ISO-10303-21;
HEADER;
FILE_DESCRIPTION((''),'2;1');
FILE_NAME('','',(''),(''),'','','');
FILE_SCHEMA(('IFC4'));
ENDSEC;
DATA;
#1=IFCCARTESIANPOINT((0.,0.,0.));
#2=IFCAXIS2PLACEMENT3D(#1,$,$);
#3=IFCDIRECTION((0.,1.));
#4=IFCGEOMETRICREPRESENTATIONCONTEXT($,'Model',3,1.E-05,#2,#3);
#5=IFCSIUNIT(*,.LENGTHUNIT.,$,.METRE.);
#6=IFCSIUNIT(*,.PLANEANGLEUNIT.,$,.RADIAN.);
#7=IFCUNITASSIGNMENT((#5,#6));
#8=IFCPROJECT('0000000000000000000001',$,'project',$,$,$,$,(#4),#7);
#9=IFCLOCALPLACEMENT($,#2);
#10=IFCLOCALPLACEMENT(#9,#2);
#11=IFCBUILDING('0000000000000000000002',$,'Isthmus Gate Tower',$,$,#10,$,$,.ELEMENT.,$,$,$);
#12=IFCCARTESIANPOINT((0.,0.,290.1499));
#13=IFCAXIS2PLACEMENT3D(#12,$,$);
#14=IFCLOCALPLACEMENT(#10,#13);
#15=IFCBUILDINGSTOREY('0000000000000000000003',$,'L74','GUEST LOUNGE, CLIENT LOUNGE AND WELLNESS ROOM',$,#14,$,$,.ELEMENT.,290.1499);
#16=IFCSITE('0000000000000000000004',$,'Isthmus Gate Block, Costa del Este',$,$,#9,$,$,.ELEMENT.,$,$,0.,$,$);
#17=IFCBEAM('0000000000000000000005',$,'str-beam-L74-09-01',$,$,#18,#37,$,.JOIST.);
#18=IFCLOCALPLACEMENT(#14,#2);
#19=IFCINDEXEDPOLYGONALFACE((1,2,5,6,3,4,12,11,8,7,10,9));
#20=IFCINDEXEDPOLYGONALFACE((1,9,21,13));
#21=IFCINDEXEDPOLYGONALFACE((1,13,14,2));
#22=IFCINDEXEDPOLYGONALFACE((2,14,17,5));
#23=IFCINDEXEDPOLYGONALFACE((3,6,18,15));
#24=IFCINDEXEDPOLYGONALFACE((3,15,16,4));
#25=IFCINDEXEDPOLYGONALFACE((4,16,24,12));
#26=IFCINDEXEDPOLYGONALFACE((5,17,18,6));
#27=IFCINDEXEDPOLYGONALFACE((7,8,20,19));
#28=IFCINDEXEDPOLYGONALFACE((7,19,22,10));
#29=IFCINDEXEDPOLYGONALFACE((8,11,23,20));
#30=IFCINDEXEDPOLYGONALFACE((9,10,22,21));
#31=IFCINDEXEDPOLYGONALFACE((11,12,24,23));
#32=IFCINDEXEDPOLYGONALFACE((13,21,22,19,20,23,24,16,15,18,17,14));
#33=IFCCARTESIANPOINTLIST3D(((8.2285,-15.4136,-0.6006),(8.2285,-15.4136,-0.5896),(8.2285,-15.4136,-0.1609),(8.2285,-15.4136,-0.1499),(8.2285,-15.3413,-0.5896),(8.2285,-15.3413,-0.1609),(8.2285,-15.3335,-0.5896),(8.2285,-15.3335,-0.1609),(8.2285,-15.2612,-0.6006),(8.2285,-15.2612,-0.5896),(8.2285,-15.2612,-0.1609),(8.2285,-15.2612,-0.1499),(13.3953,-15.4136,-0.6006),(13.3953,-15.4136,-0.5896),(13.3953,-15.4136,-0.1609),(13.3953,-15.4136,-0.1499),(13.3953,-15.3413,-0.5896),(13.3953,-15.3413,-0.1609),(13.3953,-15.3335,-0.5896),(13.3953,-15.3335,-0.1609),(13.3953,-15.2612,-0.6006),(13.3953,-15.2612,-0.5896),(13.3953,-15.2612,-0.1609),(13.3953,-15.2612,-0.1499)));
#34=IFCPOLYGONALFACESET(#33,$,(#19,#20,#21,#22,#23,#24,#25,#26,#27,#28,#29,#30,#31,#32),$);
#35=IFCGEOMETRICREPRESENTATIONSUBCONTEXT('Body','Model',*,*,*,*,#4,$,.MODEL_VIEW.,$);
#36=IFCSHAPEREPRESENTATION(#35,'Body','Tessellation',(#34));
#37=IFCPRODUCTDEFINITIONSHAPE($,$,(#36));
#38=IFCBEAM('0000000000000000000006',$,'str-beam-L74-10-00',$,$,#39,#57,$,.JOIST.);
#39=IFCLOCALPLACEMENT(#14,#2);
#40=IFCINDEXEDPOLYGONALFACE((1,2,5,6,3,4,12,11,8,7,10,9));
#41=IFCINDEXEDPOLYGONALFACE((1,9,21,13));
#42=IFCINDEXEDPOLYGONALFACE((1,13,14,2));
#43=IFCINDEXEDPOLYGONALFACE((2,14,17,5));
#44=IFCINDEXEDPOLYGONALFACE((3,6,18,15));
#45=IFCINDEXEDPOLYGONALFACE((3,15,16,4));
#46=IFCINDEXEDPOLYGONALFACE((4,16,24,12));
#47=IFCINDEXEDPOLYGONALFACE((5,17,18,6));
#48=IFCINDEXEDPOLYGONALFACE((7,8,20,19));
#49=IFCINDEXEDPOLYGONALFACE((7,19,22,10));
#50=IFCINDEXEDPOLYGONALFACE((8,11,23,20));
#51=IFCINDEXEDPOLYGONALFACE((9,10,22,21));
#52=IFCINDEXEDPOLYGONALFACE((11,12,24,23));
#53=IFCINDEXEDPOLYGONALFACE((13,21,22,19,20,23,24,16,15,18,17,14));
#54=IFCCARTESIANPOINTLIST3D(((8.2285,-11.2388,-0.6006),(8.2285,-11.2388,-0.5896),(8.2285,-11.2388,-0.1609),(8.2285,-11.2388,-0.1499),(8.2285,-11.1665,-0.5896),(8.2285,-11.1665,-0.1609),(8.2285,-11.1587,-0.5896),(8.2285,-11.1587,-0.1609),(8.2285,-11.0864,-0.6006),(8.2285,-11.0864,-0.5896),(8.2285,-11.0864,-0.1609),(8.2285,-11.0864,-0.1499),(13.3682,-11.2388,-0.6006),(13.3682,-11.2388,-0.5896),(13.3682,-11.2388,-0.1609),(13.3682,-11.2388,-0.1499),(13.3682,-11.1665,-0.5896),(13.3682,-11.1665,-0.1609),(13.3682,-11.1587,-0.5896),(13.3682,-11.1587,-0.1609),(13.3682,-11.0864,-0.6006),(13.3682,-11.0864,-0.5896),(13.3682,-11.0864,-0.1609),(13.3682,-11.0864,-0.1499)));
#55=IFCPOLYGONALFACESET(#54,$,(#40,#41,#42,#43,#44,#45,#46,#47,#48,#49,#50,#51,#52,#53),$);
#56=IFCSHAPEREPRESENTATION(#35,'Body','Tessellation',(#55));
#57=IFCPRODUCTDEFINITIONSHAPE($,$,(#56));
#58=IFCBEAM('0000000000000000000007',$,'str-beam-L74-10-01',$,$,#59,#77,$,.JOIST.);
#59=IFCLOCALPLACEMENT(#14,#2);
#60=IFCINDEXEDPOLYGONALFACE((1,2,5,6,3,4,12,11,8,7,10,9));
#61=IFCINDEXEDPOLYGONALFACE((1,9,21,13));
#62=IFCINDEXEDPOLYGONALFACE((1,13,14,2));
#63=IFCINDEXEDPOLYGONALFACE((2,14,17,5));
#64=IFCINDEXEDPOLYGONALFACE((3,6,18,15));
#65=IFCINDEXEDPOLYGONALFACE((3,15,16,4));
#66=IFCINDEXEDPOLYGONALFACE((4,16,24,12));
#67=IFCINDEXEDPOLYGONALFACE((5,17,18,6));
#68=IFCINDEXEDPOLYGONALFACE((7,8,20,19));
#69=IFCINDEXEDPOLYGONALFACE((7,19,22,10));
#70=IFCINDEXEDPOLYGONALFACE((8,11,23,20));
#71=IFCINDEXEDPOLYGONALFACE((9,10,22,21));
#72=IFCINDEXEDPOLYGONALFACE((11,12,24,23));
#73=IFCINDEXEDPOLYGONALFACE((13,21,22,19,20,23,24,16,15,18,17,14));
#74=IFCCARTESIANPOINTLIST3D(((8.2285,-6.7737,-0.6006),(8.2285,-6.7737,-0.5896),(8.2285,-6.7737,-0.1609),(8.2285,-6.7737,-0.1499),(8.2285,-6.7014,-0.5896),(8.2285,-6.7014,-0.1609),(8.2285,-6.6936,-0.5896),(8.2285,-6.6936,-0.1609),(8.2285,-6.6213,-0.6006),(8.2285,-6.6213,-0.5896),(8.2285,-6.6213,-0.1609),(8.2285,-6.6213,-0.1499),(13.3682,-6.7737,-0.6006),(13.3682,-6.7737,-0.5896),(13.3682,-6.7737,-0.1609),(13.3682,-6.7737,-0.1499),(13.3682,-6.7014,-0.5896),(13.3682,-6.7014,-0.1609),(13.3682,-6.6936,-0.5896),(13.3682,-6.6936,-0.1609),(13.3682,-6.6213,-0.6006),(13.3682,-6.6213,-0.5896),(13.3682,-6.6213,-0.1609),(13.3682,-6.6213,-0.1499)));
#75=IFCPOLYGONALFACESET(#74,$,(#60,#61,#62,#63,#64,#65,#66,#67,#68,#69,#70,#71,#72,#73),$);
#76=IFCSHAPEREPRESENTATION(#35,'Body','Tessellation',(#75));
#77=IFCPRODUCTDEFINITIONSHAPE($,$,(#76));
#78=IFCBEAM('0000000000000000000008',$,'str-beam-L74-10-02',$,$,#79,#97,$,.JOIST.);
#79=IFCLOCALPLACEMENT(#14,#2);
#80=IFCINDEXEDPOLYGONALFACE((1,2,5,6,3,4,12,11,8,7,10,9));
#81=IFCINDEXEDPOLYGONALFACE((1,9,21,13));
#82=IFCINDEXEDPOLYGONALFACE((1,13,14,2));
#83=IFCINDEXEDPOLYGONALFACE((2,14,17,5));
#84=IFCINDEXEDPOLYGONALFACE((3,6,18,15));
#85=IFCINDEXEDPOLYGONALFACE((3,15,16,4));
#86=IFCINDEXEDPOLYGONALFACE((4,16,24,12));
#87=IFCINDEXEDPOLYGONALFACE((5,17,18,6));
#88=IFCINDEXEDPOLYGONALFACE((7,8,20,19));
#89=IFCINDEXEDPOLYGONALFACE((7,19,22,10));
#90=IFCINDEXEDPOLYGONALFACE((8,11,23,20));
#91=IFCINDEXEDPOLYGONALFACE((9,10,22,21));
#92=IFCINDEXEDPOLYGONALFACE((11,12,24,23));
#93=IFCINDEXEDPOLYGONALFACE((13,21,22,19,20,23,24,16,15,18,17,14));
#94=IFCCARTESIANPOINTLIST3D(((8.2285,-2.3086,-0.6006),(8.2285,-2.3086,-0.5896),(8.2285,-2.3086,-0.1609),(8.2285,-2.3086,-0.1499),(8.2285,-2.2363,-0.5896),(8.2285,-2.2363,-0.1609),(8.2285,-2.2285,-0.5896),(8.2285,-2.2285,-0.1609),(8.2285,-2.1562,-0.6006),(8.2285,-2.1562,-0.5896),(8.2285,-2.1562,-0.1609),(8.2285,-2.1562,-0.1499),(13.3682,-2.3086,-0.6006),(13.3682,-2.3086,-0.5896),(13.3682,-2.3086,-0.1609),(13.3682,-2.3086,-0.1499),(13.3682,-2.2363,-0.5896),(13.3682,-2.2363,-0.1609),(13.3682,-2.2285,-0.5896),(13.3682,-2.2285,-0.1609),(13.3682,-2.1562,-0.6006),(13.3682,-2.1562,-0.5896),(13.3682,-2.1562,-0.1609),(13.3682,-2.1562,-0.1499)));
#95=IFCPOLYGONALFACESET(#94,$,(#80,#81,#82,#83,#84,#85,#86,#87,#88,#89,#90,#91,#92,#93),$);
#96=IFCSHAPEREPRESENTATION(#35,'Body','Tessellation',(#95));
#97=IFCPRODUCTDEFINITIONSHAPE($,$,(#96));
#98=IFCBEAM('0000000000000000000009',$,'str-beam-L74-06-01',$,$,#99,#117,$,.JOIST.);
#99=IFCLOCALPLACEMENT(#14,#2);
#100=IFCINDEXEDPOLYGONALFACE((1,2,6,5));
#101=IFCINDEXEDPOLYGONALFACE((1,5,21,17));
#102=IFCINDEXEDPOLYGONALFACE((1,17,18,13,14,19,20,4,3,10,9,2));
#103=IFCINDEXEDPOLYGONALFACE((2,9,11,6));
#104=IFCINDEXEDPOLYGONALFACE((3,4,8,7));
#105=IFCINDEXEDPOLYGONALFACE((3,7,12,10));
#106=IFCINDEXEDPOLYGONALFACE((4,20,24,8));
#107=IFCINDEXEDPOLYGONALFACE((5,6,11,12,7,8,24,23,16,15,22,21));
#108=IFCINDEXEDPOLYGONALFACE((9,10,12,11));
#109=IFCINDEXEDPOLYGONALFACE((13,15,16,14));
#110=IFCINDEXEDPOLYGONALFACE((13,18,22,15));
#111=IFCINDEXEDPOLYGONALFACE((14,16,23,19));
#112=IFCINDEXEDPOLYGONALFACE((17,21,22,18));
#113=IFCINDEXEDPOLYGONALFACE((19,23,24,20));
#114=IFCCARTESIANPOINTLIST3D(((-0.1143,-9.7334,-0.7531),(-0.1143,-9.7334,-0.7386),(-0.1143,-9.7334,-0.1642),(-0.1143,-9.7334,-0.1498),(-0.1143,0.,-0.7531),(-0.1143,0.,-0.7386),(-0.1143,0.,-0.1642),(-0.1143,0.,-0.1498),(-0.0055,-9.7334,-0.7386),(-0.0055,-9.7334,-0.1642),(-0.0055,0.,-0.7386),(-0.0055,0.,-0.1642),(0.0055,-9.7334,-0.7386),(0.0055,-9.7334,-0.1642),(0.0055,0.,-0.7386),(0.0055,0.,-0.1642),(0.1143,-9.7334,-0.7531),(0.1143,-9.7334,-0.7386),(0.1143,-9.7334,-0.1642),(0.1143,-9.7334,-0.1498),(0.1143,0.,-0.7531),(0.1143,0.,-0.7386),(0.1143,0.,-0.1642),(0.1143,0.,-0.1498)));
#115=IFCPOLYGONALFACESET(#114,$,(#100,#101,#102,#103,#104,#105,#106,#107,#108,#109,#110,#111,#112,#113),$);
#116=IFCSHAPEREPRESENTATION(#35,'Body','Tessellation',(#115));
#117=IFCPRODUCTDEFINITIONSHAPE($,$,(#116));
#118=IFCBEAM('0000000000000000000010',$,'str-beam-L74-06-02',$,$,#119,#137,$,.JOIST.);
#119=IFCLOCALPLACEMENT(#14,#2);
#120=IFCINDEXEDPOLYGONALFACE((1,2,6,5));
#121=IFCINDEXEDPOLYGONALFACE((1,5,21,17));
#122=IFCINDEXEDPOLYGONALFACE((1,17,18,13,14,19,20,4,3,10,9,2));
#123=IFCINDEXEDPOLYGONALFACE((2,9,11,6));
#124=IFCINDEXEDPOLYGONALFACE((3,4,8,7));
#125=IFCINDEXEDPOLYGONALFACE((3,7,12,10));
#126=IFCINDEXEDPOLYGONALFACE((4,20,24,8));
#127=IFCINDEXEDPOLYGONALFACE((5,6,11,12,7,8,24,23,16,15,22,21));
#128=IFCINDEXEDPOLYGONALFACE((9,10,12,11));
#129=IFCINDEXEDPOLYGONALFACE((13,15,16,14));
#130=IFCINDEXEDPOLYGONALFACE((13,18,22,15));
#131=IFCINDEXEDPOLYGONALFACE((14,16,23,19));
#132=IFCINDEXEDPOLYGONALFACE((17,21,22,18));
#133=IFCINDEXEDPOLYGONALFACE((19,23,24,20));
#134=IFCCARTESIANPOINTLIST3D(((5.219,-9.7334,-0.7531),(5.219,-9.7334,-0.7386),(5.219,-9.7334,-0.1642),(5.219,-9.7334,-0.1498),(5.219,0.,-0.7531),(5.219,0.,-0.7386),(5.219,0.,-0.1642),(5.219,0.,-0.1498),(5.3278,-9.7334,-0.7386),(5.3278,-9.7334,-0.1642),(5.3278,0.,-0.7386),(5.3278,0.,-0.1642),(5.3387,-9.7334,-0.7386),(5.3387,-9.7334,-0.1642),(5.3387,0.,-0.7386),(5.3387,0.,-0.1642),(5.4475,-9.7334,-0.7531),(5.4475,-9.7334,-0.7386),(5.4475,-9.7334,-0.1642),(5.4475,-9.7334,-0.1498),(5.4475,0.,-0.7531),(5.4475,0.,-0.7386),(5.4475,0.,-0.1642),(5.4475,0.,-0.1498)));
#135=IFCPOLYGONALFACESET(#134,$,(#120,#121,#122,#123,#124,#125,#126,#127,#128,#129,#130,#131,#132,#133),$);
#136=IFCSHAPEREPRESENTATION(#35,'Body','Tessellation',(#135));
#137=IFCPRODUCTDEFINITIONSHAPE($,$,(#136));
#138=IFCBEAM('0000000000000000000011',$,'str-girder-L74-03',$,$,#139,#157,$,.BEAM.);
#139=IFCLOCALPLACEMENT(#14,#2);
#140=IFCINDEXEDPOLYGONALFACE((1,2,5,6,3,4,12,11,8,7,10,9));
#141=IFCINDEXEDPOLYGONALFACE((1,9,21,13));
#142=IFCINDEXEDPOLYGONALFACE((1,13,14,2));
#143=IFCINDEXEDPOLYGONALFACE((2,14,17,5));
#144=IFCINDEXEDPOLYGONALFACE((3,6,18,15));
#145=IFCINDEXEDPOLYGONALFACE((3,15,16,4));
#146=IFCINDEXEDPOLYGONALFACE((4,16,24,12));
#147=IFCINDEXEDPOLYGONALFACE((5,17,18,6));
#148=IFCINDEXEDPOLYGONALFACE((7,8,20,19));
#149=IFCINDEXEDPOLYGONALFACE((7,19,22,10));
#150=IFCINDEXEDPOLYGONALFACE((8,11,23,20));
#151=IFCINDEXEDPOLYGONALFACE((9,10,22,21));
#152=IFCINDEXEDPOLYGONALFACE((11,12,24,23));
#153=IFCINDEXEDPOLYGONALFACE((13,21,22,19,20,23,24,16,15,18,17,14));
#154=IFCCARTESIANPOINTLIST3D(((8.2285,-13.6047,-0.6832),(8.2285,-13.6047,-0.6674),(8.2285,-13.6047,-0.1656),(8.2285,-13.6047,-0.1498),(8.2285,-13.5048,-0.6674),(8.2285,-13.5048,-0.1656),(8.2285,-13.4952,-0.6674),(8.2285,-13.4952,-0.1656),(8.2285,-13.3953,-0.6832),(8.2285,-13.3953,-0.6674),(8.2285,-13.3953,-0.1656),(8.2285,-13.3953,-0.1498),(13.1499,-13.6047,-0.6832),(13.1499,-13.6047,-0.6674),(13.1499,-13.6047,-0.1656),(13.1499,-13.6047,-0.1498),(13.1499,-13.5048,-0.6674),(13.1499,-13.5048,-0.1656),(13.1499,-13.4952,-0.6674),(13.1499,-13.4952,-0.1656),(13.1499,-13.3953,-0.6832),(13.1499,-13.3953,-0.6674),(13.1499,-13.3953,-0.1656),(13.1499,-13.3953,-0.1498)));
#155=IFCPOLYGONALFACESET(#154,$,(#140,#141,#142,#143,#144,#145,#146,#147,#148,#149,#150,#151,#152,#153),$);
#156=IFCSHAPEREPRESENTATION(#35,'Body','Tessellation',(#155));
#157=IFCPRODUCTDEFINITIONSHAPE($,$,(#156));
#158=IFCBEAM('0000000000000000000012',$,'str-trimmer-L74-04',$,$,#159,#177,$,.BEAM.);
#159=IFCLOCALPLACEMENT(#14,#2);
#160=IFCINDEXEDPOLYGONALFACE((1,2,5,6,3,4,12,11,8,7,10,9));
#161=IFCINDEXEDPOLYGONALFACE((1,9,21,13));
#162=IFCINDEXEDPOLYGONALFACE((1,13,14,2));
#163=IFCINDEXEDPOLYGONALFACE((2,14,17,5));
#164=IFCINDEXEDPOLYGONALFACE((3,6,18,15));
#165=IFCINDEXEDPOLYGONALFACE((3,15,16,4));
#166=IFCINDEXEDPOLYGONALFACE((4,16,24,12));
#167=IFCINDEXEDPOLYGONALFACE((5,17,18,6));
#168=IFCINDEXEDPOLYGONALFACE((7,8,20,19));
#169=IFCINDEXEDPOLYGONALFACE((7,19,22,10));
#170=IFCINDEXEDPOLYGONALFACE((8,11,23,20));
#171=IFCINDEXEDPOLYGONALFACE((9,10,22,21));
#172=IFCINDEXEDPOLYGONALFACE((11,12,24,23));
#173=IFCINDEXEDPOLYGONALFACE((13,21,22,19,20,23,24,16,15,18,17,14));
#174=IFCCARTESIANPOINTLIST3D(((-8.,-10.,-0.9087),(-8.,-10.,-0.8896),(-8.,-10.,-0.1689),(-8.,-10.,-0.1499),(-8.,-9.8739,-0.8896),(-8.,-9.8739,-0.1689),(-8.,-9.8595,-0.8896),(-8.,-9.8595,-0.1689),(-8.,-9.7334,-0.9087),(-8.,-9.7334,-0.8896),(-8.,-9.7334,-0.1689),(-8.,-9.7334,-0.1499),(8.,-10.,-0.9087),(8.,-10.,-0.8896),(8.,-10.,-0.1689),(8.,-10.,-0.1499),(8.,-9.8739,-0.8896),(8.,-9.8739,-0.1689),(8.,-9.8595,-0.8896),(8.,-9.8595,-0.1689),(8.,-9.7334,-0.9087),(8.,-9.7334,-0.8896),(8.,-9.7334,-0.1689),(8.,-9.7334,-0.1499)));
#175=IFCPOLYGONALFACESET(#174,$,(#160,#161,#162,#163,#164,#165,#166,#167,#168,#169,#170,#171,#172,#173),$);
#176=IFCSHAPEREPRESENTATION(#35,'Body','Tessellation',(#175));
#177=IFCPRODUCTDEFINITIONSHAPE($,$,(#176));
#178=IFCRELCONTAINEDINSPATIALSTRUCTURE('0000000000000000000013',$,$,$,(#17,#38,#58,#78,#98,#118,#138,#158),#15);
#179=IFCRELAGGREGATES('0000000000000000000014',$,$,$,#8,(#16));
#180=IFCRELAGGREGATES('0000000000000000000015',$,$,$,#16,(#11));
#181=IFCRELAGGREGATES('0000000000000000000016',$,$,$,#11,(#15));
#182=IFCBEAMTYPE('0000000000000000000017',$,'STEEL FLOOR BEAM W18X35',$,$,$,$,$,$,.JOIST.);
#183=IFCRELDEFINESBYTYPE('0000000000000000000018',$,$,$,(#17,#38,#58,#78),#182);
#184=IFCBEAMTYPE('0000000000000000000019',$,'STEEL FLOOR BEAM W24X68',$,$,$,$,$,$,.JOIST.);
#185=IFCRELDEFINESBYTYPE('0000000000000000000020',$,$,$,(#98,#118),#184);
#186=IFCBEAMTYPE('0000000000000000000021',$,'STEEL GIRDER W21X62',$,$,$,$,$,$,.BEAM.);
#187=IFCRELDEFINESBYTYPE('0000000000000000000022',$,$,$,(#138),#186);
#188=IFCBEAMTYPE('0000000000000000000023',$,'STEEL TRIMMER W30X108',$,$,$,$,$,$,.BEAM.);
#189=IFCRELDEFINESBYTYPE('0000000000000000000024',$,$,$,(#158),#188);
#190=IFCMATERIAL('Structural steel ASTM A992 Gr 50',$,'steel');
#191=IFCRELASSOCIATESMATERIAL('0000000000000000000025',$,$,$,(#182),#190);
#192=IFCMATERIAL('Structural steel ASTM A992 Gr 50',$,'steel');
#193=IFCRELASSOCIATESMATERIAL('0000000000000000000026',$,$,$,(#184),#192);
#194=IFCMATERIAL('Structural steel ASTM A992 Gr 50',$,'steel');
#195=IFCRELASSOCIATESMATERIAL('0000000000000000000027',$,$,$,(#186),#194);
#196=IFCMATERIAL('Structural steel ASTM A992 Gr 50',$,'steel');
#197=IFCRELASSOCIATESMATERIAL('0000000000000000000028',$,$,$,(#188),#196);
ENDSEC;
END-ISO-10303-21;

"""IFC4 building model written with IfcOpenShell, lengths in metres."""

from ifc_helpers import new_model, si_unit, direction, frame, origin, origin_2d, place, context, subcontext, project, spatial, i_section, extrude, material, material_profile, profile_set, type_object, element, save


model = new_model("IFC4")

# Units and contexts
model_context = context("Model", 3, precision=1e-05, world=origin(), true_north=direction((0.0, 1.0)))
body_context = subcontext(model_context, "Body", "Model", "MODEL_VIEW")
ifc_project = project(units=[si_unit("LENGTHUNIT", "METRE"), si_unit("PLANEANGLEUNIT", "RADIAN")], contexts=[model_context])

# Site, building, storey
site_placement = place(None, origin())
site = spatial("IfcSite", under=ifc_project, at=site_placement, Name="Isthmus Gate Block, Costa del Este", CompositionType="ELEMENT", RefElevation=0.0)
building_placement = place(site_placement, origin())
building = spatial("IfcBuilding", under=site, at=building_placement, Name="Isthmus Gate Tower", CompositionType="ELEMENT")
storey_placement = place(building_placement, frame((0.0, 0.0, 290.1499)))
storey = spatial("IfcBuildingStorey", under=building, at=storey_placement, Name="L74", Description="GUEST LOUNGE, CLIENT LOUNGE AND WELLNESS ROOM", CompositionType="ELEMENT", Elevation=290.1499)

# Beams
ifc_material_1 = material(Name="Structural steel ASTM A992 Gr 50", Category="steel")
ifc_material_profile_1 = material_profile(ifc_material_1, i_section(OverallWidth=0.1523, OverallDepth=0.4507, WebThickness=0.0078, FlangeThickness=0.011, at=origin_2d()), Name="W18X35")
ifc_profile_set_1 = profile_set([ifc_material_profile_1], Name="Structural steel ASTM A992 Gr 50")
beam_type_1 = type_object("IfcBeamType", Name="STEEL FLOOR BEAM W18X35", PredefinedType="JOIST", material=ifc_profile_set_1)
beam_1_placement = place(storey_placement, frame((8.2285, -15.3374, -0.3752), z_axis=(1.0, 0.0, 0.0), x_axis=(0.0, 1.0, 0.0)))
element("IfcBeam", 1, at=beam_1_placement, inside=storey, type_object=beam_type_1, Name="str-beam-L74-09-01", PredefinedType="JOIST", context=body_context, shape_type="SweptSolid", body=[
    extrude(i_section(OverallWidth=0.1523, OverallDepth=0.4507, WebThickness=0.0078, FlangeThickness=0.011, at=origin_2d()), origin(), (0.0, 0.0, 1.0), 5.1667),
])
for number, where, z_axis, x_axis, name in (
    (2, (8.2285, -11.1626, -0.3752), (1.0, 0.0, 0.0), (0.0, 1.0, 0.0), "str-beam-L74-10-00"),
    (3, (8.2285, -6.6975, -0.3752), (1.0, 0.0, 0.0), (0.0, 1.0, 0.0), "str-beam-L74-10-01"),
    (4, (8.2285, -2.2324, -0.3752), (1.0, 0.0, 0.0), (0.0, 1.0, 0.0), "str-beam-L74-10-02"),
):
    element("IfcBeam", number, at=place(storey_placement, frame(where, z_axis=z_axis, x_axis=x_axis)), inside=storey, type_object=beam_type_1, Name=name, PredefinedType="JOIST", context=body_context, shape_type="SweptSolid", body=[
        extrude(i_section(OverallWidth=0.1523, OverallDepth=0.4507, WebThickness=0.0078, FlangeThickness=0.011, at=origin_2d()), origin(), (0.0, 0.0, 1.0), 5.1396),
    ])
ifc_material_2 = material(Name="Structural steel ASTM A992 Gr 50", Category="steel")
ifc_material_profile_2 = material_profile(ifc_material_2, i_section(OverallWidth=0.2285, OverallDepth=0.6033, WebThickness=0.011, FlangeThickness=0.0144, at=origin_2d()), Name="W24X68")
ifc_profile_set_2 = profile_set([ifc_material_profile_2], Name="Structural steel ASTM A992 Gr 50")
beam_type_2 = type_object("IfcBeamType", Name="STEEL FLOOR BEAM W24X68", PredefinedType="JOIST", material=ifc_profile_set_2)
for number, where, z_axis, x_axis, name in (
    (5, (0.0, -9.7334, -0.4514), (0.0, 1.0, 0.0), (-1.0, 0.0, 0.0), "str-beam-L74-06-01"),
    (6, (5.3333, -9.7334, -0.4514), (0.0, 1.0, 0.0), (-1.0, 0.0, 0.0), "str-beam-L74-06-02"),
):
    element("IfcBeam", number, at=place(storey_placement, frame(where, z_axis=z_axis, x_axis=x_axis)), inside=storey, type_object=beam_type_2, Name=name, PredefinedType="JOIST", context=body_context, shape_type="SweptSolid", body=[
        extrude(i_section(OverallWidth=0.2285, OverallDepth=0.6033, WebThickness=0.011, FlangeThickness=0.0144, at=origin_2d()), origin(), (0.0, 0.0, 1.0), 9.7334),
    ])
ifc_material_3 = material(Name="Structural steel ASTM A992 Gr 50", Category="steel")
ifc_material_profile_3 = material_profile(ifc_material_3, i_section(OverallWidth=0.2095, OverallDepth=0.5334, WebThickness=0.0095, FlangeThickness=0.0159, at=origin_2d()), Name="W21X62")
ifc_profile_set_3 = profile_set([ifc_material_profile_3], Name="Structural steel ASTM A992 Gr 50")
beam_type_3 = type_object("IfcBeamType", Name="STEEL GIRDER W21X62", PredefinedType="BEAM", material=ifc_profile_set_3)
beam_2_placement = place(storey_placement, frame((8.2285, -13.5, -0.4165), z_axis=(1.0, 0.0, 0.0), x_axis=(0.0, 1.0, 0.0)))
element("IfcBeam", 7, at=beam_2_placement, inside=storey, type_object=beam_type_3, Name="str-girder-L74-03", PredefinedType="BEAM", context=body_context, shape_type="SweptSolid", body=[
    extrude(i_section(OverallWidth=0.2095, OverallDepth=0.5334, WebThickness=0.0095, FlangeThickness=0.0159, at=origin_2d()), origin(), (0.0, 0.0, 1.0), 4.9214),
])
ifc_material_4 = material(Name="Structural steel ASTM A992 Gr 50", Category="steel")
ifc_material_profile_4 = material_profile(ifc_material_4, i_section(OverallWidth=0.2666, OverallDepth=0.7588, WebThickness=0.0144, FlangeThickness=0.019, at=origin_2d()), Name="W30X108")
ifc_profile_set_4 = profile_set([ifc_material_profile_4], Name="Structural steel ASTM A992 Gr 50")
beam_type_4 = type_object("IfcBeamType", Name="STEEL TRIMMER W30X108", PredefinedType="BEAM", material=ifc_profile_set_4)
beam_3_placement = place(storey_placement, frame((8.0, -9.8667, -0.5293), z_axis=(-1.0, 0.0, 0.0), x_axis=(0.0, -1.0, 0.0)))
element("IfcBeam", 8, at=beam_3_placement, inside=storey, type_object=beam_type_4, Name="str-trimmer-L74-04", PredefinedType="BEAM", context=body_context, shape_type="SweptSolid", body=[
    extrude(i_section(OverallWidth=0.2666, OverallDepth=0.7588, WebThickness=0.0144, FlangeThickness=0.019, at=origin_2d()), origin(), (0.0, 0.0, 1.0), 16.0),
])

save(model, "model.ifc")
